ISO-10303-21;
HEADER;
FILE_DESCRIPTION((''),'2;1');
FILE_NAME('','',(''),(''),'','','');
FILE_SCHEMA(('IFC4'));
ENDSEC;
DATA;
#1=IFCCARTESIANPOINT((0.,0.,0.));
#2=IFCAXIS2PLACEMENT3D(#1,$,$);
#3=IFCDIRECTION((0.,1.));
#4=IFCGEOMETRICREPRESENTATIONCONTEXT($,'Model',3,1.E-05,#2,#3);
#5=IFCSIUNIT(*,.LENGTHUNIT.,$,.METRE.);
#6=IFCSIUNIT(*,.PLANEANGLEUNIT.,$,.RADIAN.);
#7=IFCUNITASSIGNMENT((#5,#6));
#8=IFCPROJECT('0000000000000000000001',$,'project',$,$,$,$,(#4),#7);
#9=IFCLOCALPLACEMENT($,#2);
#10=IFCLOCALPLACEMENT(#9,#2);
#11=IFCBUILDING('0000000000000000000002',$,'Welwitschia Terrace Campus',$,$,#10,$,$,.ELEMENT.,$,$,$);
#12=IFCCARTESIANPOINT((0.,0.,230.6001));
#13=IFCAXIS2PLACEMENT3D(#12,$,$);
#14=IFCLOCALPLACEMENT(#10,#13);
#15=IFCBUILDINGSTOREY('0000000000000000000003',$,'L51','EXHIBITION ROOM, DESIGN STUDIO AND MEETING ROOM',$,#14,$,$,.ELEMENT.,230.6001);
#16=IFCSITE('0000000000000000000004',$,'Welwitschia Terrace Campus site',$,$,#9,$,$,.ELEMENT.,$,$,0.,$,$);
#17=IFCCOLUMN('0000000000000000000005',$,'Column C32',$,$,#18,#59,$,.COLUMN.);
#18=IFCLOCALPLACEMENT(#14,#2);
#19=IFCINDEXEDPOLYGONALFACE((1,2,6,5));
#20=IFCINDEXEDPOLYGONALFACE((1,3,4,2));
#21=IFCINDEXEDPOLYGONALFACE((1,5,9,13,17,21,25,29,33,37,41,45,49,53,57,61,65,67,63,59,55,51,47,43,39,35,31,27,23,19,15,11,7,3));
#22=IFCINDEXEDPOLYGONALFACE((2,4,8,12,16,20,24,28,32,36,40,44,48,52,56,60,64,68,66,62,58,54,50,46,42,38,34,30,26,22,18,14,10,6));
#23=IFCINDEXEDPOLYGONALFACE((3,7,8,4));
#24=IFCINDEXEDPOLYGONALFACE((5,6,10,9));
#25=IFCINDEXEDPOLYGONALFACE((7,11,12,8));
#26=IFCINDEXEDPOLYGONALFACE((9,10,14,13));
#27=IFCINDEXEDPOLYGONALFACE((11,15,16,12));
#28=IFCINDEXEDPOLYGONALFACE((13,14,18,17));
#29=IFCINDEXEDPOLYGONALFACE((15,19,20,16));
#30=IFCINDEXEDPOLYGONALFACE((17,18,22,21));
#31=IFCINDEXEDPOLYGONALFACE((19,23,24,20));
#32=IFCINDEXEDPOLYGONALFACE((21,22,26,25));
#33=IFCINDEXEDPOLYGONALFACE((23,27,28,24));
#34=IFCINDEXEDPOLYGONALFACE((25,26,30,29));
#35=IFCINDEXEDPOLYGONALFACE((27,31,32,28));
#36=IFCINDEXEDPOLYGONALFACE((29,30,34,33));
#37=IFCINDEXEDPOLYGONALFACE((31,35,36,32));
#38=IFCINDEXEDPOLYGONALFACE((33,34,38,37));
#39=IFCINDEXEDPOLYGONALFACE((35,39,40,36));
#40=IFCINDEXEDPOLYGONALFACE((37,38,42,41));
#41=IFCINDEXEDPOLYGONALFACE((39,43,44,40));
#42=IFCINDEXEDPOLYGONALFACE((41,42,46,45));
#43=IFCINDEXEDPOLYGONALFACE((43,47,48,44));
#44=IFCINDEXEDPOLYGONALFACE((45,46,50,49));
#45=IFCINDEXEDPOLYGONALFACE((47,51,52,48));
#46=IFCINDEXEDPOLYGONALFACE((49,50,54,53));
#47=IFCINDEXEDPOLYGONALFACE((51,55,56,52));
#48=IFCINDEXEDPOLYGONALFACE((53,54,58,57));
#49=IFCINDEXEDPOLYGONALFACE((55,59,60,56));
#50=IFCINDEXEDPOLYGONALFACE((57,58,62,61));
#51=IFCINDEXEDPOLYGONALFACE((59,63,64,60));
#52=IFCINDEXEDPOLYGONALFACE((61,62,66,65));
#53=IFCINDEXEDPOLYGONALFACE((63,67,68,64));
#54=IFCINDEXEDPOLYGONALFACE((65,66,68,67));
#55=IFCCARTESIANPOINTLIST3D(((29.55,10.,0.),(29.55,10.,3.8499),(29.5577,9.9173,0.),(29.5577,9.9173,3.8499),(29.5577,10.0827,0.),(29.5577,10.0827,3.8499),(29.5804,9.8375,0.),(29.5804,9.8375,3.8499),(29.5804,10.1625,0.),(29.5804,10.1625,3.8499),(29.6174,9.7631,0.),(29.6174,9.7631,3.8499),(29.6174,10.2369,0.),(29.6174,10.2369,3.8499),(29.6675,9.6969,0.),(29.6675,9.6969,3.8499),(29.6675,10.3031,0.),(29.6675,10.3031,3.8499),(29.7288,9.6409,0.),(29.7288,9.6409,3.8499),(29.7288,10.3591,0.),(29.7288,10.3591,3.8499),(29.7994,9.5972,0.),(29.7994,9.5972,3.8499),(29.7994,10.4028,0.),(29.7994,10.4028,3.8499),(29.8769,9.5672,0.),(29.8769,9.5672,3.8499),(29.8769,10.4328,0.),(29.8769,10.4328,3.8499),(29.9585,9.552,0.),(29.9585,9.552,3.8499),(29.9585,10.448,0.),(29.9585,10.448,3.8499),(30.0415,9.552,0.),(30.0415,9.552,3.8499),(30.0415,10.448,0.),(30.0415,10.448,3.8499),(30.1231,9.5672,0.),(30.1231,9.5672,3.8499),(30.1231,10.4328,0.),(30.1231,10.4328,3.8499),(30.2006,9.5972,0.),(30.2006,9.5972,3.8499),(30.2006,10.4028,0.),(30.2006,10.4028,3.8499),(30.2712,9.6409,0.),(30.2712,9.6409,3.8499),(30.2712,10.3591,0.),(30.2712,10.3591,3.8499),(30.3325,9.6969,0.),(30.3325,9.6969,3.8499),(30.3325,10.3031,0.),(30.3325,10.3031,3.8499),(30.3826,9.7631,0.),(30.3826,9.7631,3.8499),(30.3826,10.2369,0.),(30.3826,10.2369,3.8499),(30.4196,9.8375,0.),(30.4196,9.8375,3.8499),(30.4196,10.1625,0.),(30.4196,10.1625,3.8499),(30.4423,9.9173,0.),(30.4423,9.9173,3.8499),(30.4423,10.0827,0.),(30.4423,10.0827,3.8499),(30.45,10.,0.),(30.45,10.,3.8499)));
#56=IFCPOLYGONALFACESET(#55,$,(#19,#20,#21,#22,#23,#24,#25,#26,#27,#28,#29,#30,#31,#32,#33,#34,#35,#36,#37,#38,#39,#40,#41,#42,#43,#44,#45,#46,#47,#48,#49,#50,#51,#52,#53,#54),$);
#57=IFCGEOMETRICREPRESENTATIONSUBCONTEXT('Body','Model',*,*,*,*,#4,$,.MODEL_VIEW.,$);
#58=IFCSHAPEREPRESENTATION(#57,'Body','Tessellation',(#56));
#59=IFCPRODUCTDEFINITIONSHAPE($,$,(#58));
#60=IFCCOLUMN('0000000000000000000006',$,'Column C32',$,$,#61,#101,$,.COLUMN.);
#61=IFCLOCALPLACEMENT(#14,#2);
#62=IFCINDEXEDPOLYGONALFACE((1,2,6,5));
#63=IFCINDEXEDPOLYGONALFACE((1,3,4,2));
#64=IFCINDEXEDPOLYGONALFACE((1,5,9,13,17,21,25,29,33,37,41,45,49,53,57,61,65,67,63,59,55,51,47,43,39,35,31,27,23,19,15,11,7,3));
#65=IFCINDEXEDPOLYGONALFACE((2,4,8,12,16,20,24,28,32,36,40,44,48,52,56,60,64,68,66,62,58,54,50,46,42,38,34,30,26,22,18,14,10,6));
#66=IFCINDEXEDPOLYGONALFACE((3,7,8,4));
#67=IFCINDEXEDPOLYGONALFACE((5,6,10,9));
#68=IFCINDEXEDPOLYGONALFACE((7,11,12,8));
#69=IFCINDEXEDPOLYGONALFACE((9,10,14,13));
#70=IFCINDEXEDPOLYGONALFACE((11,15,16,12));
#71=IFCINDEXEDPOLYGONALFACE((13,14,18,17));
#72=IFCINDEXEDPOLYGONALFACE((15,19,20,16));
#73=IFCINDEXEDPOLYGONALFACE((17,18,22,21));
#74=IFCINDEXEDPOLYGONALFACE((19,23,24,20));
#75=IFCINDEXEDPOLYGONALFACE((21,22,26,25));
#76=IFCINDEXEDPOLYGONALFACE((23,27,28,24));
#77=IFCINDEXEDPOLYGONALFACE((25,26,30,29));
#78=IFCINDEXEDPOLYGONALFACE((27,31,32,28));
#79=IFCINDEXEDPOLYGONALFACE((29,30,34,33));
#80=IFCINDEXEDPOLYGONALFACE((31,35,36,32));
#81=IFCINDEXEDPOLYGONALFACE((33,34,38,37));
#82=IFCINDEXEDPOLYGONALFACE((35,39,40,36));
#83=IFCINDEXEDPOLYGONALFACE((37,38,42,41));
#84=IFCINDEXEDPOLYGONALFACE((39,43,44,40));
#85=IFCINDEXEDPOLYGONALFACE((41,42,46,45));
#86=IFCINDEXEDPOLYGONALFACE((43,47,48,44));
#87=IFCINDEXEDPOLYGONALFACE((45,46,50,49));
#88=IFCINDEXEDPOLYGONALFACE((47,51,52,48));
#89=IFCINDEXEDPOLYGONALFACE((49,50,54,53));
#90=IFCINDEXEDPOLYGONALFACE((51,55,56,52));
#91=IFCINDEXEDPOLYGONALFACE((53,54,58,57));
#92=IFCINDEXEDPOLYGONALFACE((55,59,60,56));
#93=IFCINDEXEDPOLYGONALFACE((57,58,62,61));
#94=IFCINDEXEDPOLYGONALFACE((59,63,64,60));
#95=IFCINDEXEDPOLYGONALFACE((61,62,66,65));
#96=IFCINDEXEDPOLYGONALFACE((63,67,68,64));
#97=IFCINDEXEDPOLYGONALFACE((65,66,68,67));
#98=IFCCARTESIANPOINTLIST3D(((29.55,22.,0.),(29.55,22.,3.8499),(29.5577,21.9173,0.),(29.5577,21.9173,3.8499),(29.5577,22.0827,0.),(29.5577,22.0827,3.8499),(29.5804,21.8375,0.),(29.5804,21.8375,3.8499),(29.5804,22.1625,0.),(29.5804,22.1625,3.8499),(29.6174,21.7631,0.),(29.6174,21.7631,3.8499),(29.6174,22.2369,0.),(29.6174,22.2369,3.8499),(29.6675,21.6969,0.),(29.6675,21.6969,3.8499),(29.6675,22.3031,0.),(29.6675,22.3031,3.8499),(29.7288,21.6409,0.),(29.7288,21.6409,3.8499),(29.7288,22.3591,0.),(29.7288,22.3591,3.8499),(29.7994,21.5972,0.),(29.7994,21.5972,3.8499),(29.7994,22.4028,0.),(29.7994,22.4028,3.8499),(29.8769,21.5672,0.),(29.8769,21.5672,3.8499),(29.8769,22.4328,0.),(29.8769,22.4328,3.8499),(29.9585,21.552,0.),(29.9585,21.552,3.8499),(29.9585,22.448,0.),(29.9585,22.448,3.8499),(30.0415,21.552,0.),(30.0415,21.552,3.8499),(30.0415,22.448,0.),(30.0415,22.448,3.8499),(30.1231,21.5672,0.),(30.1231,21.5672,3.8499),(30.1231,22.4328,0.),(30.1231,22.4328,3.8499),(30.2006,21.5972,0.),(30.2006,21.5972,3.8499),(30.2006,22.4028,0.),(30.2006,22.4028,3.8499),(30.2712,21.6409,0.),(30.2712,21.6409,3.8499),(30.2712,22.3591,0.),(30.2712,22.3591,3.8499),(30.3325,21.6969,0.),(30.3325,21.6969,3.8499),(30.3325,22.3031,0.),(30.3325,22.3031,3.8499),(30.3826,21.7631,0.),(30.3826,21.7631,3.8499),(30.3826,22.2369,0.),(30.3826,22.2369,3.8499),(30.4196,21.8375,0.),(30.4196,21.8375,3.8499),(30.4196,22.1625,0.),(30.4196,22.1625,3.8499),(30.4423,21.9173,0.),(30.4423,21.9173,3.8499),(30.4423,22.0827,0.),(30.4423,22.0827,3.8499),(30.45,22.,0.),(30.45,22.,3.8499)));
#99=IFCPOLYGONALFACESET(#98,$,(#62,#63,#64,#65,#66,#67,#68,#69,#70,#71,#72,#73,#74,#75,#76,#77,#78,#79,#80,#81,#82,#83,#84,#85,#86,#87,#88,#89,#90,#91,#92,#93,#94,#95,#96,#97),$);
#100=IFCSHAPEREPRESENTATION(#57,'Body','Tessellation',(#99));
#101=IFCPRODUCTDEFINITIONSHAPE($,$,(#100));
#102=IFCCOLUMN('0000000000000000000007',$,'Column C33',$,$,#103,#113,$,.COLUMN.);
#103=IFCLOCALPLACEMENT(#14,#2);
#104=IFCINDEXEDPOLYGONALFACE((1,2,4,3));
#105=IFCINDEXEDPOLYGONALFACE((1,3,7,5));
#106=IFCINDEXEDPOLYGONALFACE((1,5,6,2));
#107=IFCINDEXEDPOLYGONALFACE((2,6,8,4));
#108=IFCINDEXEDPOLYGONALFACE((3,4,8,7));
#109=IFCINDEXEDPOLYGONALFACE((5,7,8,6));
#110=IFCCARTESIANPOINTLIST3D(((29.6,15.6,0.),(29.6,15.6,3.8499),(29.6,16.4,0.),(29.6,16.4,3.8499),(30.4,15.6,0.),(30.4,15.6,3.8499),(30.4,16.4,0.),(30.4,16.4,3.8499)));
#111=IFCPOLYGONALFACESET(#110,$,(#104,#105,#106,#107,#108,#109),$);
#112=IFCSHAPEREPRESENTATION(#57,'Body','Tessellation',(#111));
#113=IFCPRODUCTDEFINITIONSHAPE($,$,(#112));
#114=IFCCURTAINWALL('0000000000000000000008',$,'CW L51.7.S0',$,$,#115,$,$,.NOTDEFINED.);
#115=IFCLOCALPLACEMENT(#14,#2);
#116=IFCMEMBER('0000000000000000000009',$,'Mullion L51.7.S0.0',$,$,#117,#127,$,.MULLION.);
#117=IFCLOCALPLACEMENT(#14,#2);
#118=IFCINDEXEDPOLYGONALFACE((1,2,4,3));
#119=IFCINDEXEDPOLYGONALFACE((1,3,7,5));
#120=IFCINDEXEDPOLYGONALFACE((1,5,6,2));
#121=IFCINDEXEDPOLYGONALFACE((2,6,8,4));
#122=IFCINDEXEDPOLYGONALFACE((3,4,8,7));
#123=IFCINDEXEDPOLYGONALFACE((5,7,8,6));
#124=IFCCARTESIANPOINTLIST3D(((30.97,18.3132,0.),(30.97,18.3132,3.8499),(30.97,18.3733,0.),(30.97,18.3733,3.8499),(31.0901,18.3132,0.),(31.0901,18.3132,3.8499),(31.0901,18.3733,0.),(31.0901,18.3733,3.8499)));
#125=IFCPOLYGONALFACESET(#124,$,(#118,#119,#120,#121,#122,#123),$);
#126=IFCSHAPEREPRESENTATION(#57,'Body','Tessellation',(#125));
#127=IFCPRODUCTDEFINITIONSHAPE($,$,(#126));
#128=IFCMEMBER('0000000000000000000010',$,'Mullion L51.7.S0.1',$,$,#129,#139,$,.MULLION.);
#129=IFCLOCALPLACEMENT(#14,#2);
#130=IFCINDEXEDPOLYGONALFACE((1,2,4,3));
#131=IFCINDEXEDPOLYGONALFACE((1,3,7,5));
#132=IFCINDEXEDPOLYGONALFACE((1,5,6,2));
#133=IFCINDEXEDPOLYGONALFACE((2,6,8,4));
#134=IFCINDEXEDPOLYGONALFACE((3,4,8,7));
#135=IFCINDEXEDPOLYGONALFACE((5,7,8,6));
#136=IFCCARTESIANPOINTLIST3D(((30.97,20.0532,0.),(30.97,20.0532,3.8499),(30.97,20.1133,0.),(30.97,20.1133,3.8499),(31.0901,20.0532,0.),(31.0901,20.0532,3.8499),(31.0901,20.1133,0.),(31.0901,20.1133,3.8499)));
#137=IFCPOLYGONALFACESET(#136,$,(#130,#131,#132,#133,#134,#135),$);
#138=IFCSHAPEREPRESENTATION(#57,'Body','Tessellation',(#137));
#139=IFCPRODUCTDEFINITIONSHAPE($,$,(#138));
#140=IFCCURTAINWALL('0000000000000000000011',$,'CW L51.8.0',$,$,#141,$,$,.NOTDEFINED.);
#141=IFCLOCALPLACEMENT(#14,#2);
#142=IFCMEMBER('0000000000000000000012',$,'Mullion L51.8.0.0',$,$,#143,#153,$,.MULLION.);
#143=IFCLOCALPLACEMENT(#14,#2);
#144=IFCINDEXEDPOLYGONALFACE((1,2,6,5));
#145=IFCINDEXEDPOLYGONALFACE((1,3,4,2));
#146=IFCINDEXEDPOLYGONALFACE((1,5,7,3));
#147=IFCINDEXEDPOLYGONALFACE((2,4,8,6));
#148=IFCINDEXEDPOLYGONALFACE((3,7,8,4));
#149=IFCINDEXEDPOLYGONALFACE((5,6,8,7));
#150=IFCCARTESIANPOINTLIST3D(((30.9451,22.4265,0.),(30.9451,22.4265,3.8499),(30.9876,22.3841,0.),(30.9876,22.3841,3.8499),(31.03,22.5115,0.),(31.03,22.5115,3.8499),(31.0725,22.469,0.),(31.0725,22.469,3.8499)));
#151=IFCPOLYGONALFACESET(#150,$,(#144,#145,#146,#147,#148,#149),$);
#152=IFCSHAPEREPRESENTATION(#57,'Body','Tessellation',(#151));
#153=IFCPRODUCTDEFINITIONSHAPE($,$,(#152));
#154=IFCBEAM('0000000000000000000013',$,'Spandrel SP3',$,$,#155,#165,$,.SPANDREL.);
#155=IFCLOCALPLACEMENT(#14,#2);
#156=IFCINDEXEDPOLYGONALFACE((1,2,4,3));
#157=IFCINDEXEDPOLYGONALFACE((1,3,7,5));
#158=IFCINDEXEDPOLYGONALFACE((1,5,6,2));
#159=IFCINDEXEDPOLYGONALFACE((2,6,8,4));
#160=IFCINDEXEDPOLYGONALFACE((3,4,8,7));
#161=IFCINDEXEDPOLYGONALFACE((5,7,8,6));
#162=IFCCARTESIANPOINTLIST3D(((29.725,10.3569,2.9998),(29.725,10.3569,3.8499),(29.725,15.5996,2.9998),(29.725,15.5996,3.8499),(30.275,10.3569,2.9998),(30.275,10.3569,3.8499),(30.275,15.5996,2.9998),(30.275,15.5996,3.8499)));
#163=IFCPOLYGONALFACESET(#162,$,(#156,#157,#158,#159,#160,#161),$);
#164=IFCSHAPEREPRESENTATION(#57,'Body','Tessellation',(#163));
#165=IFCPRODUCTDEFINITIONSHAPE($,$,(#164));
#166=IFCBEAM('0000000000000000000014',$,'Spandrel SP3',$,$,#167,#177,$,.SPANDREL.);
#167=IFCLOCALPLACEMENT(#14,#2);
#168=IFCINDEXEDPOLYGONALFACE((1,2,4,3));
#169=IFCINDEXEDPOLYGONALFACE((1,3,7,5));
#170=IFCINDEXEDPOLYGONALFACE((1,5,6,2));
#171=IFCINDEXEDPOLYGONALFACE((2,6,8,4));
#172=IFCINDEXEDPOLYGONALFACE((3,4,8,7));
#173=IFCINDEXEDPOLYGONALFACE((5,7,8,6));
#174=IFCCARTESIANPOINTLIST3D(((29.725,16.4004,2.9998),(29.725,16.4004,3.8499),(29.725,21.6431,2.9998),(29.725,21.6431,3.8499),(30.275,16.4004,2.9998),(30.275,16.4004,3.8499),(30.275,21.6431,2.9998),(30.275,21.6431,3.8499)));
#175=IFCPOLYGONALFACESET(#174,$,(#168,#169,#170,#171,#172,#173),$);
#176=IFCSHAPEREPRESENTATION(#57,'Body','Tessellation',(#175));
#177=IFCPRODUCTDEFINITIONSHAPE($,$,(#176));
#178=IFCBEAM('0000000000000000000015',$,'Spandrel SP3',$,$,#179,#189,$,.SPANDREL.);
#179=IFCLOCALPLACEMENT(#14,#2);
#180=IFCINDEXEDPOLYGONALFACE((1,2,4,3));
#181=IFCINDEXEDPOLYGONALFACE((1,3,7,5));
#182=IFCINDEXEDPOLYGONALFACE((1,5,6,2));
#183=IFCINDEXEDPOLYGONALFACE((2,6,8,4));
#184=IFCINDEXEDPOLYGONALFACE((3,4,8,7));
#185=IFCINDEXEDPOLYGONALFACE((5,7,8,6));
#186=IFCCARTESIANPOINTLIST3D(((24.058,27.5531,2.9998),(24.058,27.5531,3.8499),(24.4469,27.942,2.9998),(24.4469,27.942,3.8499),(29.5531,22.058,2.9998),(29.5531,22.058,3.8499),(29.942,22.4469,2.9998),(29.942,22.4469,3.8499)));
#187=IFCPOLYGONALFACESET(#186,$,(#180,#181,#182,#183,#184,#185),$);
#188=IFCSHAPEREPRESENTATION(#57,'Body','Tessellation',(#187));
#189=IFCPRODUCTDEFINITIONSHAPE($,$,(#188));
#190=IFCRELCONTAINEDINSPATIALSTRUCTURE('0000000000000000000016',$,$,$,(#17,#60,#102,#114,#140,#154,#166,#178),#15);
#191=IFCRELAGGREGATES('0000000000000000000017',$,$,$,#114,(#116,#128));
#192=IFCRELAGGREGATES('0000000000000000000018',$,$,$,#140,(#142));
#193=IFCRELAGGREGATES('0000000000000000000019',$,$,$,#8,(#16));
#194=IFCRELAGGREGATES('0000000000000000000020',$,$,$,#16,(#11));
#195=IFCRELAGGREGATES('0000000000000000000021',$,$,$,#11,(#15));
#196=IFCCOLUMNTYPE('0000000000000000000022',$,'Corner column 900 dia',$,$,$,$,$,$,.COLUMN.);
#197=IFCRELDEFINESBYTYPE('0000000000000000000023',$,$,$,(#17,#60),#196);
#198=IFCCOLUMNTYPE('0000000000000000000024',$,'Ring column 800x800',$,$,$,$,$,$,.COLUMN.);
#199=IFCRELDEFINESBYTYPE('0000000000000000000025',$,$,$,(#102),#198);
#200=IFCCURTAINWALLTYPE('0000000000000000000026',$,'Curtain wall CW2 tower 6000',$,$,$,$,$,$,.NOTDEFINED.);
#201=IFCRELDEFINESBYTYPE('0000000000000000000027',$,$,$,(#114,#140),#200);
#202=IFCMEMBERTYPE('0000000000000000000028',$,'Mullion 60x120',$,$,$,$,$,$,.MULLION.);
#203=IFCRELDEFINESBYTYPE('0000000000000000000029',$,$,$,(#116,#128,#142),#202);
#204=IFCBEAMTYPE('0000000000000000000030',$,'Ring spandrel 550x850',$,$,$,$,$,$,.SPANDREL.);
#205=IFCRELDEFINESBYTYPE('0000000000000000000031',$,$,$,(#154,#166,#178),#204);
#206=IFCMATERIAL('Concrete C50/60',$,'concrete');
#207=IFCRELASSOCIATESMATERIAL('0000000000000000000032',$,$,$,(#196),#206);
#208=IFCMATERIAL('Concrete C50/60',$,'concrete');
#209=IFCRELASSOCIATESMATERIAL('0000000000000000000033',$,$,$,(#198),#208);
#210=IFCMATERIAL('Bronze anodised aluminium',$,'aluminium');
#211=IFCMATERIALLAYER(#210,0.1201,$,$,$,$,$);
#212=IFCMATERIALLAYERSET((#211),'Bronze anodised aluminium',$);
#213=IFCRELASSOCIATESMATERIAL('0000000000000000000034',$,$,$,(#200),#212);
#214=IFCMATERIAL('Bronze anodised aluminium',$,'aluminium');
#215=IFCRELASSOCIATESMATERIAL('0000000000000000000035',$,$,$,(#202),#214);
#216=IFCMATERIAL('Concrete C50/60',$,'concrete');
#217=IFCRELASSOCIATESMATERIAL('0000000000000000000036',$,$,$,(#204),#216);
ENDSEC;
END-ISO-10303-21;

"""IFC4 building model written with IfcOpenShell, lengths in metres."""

from ifc_helpers import new_model, si_unit, direction, frame, origin, origin_2d, place, context, subcontext, project, spatial, rectangle, circle, extrude, material, layer, layer_set, material_profile, profile_set, type_object, element, aggregate, save


model = new_model("IFC4")

# Units and contexts
model_context = context("Model", 3, precision=1e-05, world=origin(), true_north=direction((0.0, 1.0)))
body_context = subcontext(model_context, "Body", "Model", "MODEL_VIEW")
ifc_project = project(units=[si_unit("LENGTHUNIT", "METRE"), si_unit("PLANEANGLEUNIT", "RADIAN")], contexts=[model_context])

# Site, building, storey
site_placement = place(None, origin())
site = spatial("IfcSite", under=ifc_project, at=site_placement, Name="Welwitschia Terrace Campus site", CompositionType="ELEMENT", RefElevation=0.0)
building_placement = place(site_placement, origin())
building = spatial("IfcBuilding", under=site, at=building_placement, Name="Welwitschia Terrace Campus", CompositionType="ELEMENT")
storey_placement = place(building_placement, frame((0.0, 0.0, 230.6001)))
storey = spatial("IfcBuildingStorey", under=building, at=storey_placement, Name="L51", Description="EXHIBITION ROOM, DESIGN STUDIO AND MEETING ROOM", CompositionType="ELEMENT", Elevation=230.6001)

# Columns
ifc_material_1 = material(Name="Concrete C50/60", Category="concrete")
ifc_material_profile_1 = material_profile(ifc_material_1, circle(Radius=0.45, at=origin_2d()))
ifc_profile_set_1 = profile_set([ifc_material_profile_1], Name="Concrete C50/60")
column_type_1 = type_object("IfcColumnType", Name="Corner column 900 dia", PredefinedType="COLUMN", material=ifc_profile_set_1)
for number, where, z_axis, x_axis, name in (
    (1, (30.0, 10.0, 0.0), (0.0, 0.0, 1.0), (1.0, 0.0, 0.0), "Column C32"),
    (2, (30.0, 22.0, 0.0), (0.0, 0.0, 1.0), (1.0, 0.0, 0.0), "Column C32"),
):
    element("IfcColumn", number, at=place(storey_placement, frame(where, z_axis=z_axis, x_axis=x_axis)), inside=storey, type_object=column_type_1, Name=name, PredefinedType="COLUMN", context=body_context, shape_type="SweptSolid", body=[
        extrude(circle(Radius=0.45, at=origin_2d()), origin(), (0.0, 0.0, 1.0), 3.8499),
    ])
ifc_material_2 = material(Name="Concrete C50/60", Category="concrete")
ifc_material_profile_2 = material_profile(ifc_material_2, rectangle(XDim=0.8, YDim=0.8, at=origin_2d()))
ifc_profile_set_2 = profile_set([ifc_material_profile_2], Name="Concrete C50/60")
column_type_2 = type_object("IfcColumnType", Name="Ring column 800x800", PredefinedType="COLUMN", material=ifc_profile_set_2)
column_placement = place(storey_placement, frame((30.0, 16.0, 0.0), z_axis=(0.0, 0.0, 1.0), x_axis=(1.0, 0.0, 0.0)))
element("IfcColumn", 3, at=column_placement, inside=storey, type_object=column_type_2, Name="Column C33", PredefinedType="COLUMN", context=body_context, shape_type="SweptSolid", body=[
    extrude(rectangle(XDim=0.8, YDim=0.8, at=origin_2d()), origin(), (0.0, 0.0, 1.0), 3.8499),
])

# Curtain wall, members
ifc_material_3 = material(Name="Bronze anodised aluminium", Category="aluminium")
ifc_layer_1 = layer(ifc_material_3, 0.1201)
ifc_layer_set_1 = layer_set([ifc_layer_1], Name="Bronze anodised aluminium")
curtain_wall_type = type_object("IfcCurtainWallType", Name="Curtain wall CW2 tower 6000", PredefinedType="NOTDEFINED", material=ifc_layer_set_1)
curtain_wall_1_placement = place(storey_placement, origin())
curtain_wall_1 = element("IfcCurtainWall", 4, at=curtain_wall_1_placement, inside=storey, type_object=curtain_wall_type, Name="CW L51.7.S0", PredefinedType="NOTDEFINED")
ifc_material_4 = material(Name="Bronze anodised aluminium", Category="aluminium")
ifc_material_profile_3 = material_profile(ifc_material_4, rectangle(XDim=0.1201, YDim=0.0601, at=origin_2d()))
ifc_profile_set_3 = profile_set([ifc_material_profile_3], Name="Bronze anodised aluminium")
member_type_1 = type_object("IfcMemberType", Name="Mullion 60x120", PredefinedType="MULLION", material=ifc_profile_set_3)
member_1_placement = place(storey_placement, frame((31.03, 18.3433, 0.0), z_axis=(0.0, 0.0, 1.0), x_axis=(-1.0, 0.0, 0.0)))
member_1 = element("IfcMember", 5, at=member_1_placement, type_object=member_type_1, Name="Mullion L51.7.S0.0", PredefinedType="MULLION", context=body_context, shape_type="SweptSolid", body=[
    extrude(rectangle(XDim=0.1201, YDim=0.0601, at=origin_2d()), origin(), (0.0, 0.0, 1.0), 3.8499),
])
member_2_placement = place(storey_placement, frame((31.03, 20.0833, 0.0), z_axis=(0.0, 0.0, 1.0), x_axis=(-1.0, 0.0, 0.0)))
member_2 = element("IfcMember", 6, at=member_2_placement, type_object=member_type_1, Name="Mullion L51.7.S0.1", PredefinedType="MULLION", context=body_context, shape_type="SweptSolid", body=[
    extrude(rectangle(XDim=0.1201, YDim=0.0601, at=origin_2d()), origin(), (0.0, 0.0, 1.0), 3.8499),
])

# Curtain wall, member
curtain_wall_2_placement = place(storey_placement, origin())
curtain_wall_2 = element("IfcCurtainWall", 7, at=curtain_wall_2_placement, inside=storey, type_object=curtain_wall_type, Name="CW L51.8.0", PredefinedType="NOTDEFINED")
member_3_placement = place(storey_placement, frame((31.0088, 22.4478, 0.0), z_axis=(0.0, 0.0, 1.0), x_axis=(-0.707107, -0.707107, 0.0)))
member_3 = element("IfcMember", 8, at=member_3_placement, type_object=member_type_1, Name="Mullion L51.8.0.0", PredefinedType="MULLION", context=body_context, shape_type="SweptSolid", body=[
    extrude(rectangle(XDim=0.1201, YDim=0.0601, at=origin_2d()), origin(), (0.0, 0.0, 1.0), 3.8499),
])

# Beams
ifc_material_5 = material(Name="Concrete C50/60", Category="concrete")
ifc_material_profile_4 = material_profile(ifc_material_5, rectangle(XDim=0.55, YDim=0.8501, at=origin_2d()))
ifc_profile_set_4 = profile_set([ifc_material_profile_4], Name="Concrete C50/60")
beam_type = type_object("IfcBeamType", Name="Ring spandrel 550x850", PredefinedType="SPANDREL", material=ifc_profile_set_4)
for number, where, z_axis, x_axis, name in (
    (9, (30.0, 10.3569, 3.4248), (0.0, 1.0, 0.0), (-1.0, 0.0, 0.0), "Spandrel SP3"),
    (10, (30.0, 16.4004, 3.4248), (0.0, 1.0, 0.0), (-1.0, 0.0, 0.0), "Spandrel SP3"),
):
    element("IfcBeam", number, at=place(storey_placement, frame(where, z_axis=z_axis, x_axis=x_axis)), inside=storey, type_object=beam_type, Name=name, PredefinedType="SPANDREL", context=body_context, shape_type="SweptSolid", body=[
        extrude(rectangle(XDim=0.55, YDim=0.8501, at=origin_2d()), origin(), (0.0, 0.0, 1.0), 5.2427),
    ])
beam_placement = place(storey_placement, frame((29.7476, 22.2524, 3.4248), z_axis=(-0.707107, 0.707107, 0.0), x_axis=(-0.707107, -0.707107, 0.0)))
element("IfcBeam", 11, at=beam_placement, inside=storey, type_object=beam_type, Name="Spandrel SP3", PredefinedType="SPANDREL", context=body_context, shape_type="SweptSolid", body=[
    extrude(rectangle(XDim=0.55, YDim=0.8501, at=origin_2d()), origin(), (0.0, 0.0, 1.0), 7.7712),
])

aggregate(curtain_wall_1, [member_1, member_2])
aggregate(curtain_wall_2, [member_3])

save(model, "model.ifc")
